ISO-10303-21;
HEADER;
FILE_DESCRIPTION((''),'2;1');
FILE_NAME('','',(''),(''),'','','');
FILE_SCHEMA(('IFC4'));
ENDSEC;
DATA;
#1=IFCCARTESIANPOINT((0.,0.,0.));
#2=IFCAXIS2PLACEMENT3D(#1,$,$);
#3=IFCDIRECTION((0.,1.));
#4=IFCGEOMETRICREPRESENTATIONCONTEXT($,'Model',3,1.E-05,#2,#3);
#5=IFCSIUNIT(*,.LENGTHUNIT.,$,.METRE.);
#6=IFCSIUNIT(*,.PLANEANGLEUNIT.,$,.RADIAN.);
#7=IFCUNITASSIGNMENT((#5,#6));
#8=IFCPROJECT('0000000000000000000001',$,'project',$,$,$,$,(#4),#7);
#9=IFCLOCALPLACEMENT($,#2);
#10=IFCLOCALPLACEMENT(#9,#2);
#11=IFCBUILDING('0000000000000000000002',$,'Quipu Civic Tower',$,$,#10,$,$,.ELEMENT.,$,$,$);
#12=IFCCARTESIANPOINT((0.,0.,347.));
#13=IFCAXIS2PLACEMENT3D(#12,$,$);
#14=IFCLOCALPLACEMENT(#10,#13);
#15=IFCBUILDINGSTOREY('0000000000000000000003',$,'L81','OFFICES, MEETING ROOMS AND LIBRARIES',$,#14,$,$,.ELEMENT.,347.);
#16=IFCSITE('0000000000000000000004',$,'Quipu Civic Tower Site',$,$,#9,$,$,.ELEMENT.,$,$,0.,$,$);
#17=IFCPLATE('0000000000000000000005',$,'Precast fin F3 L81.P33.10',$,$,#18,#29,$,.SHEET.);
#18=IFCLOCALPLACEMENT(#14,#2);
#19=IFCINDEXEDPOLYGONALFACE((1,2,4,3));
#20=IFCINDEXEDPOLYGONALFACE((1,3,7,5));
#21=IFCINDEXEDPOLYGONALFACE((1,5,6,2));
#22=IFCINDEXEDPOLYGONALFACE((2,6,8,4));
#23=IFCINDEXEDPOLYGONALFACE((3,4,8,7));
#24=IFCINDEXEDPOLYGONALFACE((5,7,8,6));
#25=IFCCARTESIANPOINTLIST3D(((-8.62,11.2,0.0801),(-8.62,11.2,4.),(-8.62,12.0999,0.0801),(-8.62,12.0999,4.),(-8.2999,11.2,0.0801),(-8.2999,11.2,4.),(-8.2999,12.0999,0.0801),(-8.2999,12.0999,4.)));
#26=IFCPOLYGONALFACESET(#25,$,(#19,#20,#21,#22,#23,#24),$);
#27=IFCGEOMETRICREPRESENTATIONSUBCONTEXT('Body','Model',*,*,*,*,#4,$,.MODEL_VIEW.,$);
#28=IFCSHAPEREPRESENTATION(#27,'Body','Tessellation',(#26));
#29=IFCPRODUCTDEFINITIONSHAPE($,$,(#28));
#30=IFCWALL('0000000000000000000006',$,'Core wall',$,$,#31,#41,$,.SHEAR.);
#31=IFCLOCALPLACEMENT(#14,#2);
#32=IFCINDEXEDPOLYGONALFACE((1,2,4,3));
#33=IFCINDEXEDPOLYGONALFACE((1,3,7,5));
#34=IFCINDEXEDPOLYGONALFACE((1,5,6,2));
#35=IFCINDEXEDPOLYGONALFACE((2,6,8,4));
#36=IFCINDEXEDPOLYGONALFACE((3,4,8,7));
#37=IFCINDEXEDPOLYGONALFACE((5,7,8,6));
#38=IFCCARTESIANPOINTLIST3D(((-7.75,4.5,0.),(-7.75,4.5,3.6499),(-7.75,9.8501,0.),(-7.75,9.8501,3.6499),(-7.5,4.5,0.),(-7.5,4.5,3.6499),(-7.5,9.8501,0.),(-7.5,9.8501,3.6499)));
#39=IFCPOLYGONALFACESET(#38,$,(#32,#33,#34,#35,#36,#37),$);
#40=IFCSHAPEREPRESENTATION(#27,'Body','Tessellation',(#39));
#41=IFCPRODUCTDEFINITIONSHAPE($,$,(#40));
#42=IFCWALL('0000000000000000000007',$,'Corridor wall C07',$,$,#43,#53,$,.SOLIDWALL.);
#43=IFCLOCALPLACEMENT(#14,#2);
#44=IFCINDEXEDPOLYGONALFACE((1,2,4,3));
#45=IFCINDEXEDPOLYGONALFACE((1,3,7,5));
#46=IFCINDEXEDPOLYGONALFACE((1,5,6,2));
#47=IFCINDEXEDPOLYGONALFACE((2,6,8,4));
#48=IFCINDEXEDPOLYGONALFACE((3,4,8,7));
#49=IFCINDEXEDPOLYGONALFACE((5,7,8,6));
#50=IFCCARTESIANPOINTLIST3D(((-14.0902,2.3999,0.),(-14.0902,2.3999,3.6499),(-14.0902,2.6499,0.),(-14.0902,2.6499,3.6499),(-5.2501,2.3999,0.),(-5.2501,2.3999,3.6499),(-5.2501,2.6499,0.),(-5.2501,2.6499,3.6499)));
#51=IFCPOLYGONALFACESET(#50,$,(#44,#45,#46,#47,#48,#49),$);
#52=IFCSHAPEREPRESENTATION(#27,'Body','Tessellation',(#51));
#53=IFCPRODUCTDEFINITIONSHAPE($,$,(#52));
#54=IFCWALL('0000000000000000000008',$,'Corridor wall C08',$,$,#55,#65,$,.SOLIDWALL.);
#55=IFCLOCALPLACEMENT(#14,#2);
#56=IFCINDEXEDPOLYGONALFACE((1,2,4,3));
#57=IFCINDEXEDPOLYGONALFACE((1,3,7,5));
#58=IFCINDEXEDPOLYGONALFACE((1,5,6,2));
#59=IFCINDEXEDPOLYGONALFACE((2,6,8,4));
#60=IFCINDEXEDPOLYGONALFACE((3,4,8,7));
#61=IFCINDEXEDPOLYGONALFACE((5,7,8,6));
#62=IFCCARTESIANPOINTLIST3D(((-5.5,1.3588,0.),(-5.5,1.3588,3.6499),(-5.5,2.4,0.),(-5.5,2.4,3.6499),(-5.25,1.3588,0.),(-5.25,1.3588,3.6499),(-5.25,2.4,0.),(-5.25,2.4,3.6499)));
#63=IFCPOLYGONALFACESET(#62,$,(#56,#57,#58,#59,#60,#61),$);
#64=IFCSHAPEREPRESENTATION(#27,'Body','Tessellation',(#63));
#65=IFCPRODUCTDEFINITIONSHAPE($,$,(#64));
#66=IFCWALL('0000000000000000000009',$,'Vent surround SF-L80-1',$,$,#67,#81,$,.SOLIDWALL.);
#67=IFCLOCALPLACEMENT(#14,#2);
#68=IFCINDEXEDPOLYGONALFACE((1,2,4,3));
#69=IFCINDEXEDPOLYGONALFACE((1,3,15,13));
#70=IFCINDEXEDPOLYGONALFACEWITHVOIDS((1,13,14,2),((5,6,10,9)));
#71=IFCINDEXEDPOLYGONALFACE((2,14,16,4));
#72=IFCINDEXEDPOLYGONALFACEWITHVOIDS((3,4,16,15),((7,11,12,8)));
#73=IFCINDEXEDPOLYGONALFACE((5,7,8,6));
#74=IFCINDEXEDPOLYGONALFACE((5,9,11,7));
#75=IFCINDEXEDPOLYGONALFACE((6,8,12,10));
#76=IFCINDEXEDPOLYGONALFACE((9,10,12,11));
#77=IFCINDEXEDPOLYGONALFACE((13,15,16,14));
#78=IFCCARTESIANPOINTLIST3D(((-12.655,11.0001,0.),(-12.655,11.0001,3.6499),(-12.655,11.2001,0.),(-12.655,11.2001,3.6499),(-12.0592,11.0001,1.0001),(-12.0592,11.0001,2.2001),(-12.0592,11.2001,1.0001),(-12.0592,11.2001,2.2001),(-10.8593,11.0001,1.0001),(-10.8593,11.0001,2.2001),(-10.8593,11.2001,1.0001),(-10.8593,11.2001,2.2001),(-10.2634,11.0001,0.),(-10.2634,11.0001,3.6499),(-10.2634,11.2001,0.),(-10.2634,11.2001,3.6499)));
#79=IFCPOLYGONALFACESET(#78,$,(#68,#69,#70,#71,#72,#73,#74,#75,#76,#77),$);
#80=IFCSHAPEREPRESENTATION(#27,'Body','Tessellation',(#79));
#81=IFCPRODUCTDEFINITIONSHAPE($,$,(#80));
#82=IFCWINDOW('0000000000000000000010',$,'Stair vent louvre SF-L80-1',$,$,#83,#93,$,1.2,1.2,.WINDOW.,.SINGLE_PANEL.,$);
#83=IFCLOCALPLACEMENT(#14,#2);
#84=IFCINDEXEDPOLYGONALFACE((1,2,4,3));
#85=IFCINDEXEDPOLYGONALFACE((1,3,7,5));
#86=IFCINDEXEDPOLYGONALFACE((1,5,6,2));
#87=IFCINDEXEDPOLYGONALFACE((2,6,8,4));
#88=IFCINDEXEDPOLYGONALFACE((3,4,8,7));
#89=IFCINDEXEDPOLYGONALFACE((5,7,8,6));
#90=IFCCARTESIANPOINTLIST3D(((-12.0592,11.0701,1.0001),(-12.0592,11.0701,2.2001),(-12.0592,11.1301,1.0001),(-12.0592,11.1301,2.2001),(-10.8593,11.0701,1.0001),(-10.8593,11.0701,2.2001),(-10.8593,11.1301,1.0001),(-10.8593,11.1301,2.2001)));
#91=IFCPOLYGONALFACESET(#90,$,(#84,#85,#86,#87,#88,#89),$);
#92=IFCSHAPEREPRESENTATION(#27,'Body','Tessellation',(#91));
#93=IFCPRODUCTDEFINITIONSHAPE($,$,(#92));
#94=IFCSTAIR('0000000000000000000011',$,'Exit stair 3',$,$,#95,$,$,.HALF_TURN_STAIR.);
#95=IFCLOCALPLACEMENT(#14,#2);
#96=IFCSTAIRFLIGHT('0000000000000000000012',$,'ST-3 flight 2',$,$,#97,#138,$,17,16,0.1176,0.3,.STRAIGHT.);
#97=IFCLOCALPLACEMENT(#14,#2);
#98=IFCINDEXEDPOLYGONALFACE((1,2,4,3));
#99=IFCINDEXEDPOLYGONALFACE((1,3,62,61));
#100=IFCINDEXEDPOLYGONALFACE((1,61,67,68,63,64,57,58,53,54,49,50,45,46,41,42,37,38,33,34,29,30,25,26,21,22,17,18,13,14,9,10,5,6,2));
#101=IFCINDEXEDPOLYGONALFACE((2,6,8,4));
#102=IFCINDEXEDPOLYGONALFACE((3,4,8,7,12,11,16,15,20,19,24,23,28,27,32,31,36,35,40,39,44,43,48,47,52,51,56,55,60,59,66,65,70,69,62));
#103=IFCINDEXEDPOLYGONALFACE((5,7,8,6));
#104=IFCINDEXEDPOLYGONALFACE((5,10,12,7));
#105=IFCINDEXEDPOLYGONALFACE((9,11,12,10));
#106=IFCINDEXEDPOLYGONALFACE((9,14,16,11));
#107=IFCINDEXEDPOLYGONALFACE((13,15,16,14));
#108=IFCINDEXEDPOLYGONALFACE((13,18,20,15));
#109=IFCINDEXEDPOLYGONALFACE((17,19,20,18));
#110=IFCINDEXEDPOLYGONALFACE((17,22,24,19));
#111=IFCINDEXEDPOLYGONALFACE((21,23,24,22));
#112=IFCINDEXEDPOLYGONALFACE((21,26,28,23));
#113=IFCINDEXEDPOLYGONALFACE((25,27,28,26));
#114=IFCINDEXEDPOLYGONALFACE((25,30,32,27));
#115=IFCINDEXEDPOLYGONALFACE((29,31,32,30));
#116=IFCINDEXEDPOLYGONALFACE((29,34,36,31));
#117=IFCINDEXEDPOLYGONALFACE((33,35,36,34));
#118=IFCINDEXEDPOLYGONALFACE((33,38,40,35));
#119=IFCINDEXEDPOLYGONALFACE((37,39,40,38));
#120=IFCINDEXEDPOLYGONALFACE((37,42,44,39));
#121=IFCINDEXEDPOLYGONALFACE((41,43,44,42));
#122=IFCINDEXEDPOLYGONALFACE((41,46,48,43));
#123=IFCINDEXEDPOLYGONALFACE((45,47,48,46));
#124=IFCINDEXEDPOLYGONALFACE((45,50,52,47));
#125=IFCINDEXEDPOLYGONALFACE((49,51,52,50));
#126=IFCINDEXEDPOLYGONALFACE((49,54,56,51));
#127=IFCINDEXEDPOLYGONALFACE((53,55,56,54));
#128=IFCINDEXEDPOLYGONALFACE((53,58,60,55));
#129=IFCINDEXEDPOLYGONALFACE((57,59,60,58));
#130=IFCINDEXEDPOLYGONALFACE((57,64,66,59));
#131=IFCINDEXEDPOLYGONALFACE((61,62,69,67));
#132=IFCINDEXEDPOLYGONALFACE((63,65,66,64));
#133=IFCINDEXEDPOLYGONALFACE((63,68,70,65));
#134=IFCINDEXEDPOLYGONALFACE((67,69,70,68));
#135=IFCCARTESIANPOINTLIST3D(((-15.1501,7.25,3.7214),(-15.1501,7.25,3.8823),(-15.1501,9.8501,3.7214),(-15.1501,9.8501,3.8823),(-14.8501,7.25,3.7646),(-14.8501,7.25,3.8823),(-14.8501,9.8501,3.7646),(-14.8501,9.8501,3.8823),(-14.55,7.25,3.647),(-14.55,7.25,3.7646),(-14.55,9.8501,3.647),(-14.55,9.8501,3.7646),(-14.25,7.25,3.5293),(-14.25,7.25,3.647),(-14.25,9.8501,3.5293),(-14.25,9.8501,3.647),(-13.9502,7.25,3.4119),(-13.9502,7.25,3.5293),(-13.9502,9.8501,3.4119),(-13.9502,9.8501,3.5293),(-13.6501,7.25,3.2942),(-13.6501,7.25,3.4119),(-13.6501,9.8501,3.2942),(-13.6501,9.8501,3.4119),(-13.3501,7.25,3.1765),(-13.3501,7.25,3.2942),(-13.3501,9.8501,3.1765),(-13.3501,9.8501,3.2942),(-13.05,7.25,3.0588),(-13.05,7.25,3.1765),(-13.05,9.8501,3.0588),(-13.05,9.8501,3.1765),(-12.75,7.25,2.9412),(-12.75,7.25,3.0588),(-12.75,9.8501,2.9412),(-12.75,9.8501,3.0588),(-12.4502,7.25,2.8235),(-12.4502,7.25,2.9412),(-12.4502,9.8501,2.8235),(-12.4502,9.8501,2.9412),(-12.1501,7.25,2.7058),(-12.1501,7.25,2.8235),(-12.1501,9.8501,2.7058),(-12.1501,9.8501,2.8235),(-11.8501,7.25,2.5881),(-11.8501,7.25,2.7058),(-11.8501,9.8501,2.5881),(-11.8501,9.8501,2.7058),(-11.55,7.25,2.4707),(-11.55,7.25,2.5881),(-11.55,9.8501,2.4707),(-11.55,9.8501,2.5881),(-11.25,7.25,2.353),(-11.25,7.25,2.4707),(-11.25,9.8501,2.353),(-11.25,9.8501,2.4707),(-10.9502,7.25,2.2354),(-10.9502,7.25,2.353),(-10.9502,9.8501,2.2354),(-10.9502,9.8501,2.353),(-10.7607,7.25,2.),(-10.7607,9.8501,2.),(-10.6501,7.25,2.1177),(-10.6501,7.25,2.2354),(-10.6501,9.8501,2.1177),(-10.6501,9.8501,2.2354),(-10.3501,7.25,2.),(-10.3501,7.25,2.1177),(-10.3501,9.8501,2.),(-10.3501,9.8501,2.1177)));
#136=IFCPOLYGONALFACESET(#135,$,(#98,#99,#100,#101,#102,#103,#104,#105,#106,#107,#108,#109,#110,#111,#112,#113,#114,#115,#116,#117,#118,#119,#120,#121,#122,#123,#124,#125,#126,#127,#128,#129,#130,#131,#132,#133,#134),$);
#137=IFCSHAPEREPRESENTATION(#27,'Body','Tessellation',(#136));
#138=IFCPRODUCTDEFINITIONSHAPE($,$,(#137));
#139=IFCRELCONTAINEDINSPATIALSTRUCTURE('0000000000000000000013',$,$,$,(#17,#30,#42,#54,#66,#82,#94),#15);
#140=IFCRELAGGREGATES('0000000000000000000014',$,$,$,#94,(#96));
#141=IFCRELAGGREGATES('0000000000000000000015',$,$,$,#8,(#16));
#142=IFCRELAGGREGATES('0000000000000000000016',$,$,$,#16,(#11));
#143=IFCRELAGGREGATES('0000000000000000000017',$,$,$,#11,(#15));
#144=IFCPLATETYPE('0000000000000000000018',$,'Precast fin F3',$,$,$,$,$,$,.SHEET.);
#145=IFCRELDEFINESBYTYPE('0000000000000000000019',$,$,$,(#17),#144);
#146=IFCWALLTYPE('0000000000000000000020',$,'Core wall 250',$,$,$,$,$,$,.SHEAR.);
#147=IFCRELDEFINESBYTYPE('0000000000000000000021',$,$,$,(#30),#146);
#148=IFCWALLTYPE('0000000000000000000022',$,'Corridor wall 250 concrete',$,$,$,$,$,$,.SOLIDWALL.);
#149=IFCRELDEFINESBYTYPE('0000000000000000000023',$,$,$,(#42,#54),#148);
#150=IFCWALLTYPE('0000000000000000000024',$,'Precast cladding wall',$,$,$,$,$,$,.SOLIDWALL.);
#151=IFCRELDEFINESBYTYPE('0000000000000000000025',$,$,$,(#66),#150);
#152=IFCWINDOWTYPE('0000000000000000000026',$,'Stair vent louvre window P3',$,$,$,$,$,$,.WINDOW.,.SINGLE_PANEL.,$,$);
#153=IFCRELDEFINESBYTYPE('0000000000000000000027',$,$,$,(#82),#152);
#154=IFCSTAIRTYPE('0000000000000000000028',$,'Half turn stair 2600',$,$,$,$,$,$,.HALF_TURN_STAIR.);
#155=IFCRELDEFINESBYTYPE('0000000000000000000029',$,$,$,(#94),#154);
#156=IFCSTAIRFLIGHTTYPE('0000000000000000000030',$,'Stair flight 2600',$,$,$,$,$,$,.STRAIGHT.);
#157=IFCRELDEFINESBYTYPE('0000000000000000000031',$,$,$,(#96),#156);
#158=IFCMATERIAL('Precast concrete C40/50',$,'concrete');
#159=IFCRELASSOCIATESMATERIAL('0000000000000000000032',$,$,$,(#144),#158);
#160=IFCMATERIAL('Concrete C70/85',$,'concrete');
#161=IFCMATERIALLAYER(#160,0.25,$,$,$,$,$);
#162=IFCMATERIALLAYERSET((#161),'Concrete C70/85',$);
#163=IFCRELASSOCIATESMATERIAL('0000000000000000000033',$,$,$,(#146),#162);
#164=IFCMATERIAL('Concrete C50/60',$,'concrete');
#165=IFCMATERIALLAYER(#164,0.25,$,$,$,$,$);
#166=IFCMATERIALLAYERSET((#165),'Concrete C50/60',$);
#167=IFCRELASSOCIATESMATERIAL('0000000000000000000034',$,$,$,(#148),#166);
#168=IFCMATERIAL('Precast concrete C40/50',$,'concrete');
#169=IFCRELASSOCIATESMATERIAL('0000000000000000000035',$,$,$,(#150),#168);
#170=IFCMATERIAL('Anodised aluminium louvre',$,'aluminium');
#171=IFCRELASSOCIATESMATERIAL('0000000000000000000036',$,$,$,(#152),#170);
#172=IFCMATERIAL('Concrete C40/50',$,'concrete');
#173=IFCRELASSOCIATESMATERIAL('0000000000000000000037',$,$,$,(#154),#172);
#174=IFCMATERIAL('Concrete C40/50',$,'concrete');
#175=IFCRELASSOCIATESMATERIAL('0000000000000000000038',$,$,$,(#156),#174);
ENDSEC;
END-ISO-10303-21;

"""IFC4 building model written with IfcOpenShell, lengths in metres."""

from ifc_helpers import new_model, si_unit, direction, frame, frame_2d, origin, origin_2d, place, context, subcontext, project, spatial, polyline, rectangle, outline, extrude, material, layer, layer_set, type_object, element, fill, aggregate, save


model = new_model("IFC4")

# Units and contexts
model_context = context("Model", 3, precision=1e-05, world=origin(), true_north=direction((0.0, 1.0)))
body_context = subcontext(model_context, "Body", "Model", "MODEL_VIEW")
ifc_project = project(units=[si_unit("LENGTHUNIT", "METRE"), si_unit("PLANEANGLEUNIT", "RADIAN")], contexts=[model_context])

# Site, building, storey
site_placement = place(None, origin())
site = spatial("IfcSite", under=ifc_project, at=site_placement, Name="Quipu Civic Tower Site", CompositionType="ELEMENT", RefElevation=0.0)
building_placement = place(site_placement, origin())
building = spatial("IfcBuilding", under=site, at=building_placement, Name="Quipu Civic Tower", CompositionType="ELEMENT")
storey_placement = place(building_placement, frame((0.0, 0.0, 347.0)))
storey = spatial("IfcBuildingStorey", under=building, at=storey_placement, Name="L81", Description="OFFICES, MEETING ROOMS AND LIBRARIES", CompositionType="ELEMENT", Elevation=347.0)

# Plate
ifc_material_1 = material(Name="Precast concrete C40/50", Category="concrete")
plate_type_1 = type_object("IfcPlateType", Name="Precast fin F3", PredefinedType="SHEET", material=ifc_material_1)
for number, where, z_axis, x_axis, name in (
    (1, (-8.46, 11.6499, 0.0801), (0.0, 0.0, 1.0), (-1.0, 0.0, 0.0), "Precast fin F3 L81.P33.10"),
):
    element("IfcPlate", number, at=place(storey_placement, frame(where, z_axis=z_axis, x_axis=x_axis)), inside=storey, type_object=plate_type_1, Name=name, PredefinedType="SHEET", context=body_context, shape_type="SweptSolid", body=[
        extrude(rectangle(XDim=0.3201, YDim=0.8999, at=origin_2d()), origin(), (0.0, 0.0, 1.0), 3.9199),
    ])

# Walls
ifc_material_2 = material(Name="Concrete C70/85", Category="concrete")
ifc_layer_1 = layer(ifc_material_2, 0.25)
ifc_layer_set_1 = layer_set([ifc_layer_1], Name="Concrete C70/85")
wall_type_1 = type_object("IfcWallType", Name="Core wall 250", PredefinedType="SHEAR", material=ifc_layer_set_1)
wall_1_placement = place(storey_placement, frame((-7.625, 4.5, 0.0), z_axis=(0.0, 0.0, 1.0), x_axis=(0.0, 1.0, 0.0)))
element("IfcWall", 2, at=wall_1_placement, inside=storey, type_object=wall_type_1, Name="Core wall", PredefinedType="SHEAR", context=body_context, shape_type="SweptSolid", body=[
    extrude(rectangle(XDim=5.3501, YDim=0.25, at=frame_2d((2.675, 0.0))), origin(), (0.0, 0.0, 1.0), 3.6499),
])
ifc_material_3 = material(Name="Concrete C50/60", Category="concrete")
ifc_layer_2 = layer(ifc_material_3, 0.25)
ifc_layer_set_2 = layer_set([ifc_layer_2], Name="Concrete C50/60")
wall_type_2 = type_object("IfcWallType", Name="Corridor wall 250 concrete", PredefinedType="SOLIDWALL", material=ifc_layer_set_2)
wall_2_placement = place(storey_placement, frame((-14.0901, 2.5249, 0.0), z_axis=(0.0, 0.0, 1.0), x_axis=(1.0, 0.0, 0.0)))
element("IfcWall", 3, at=wall_2_placement, inside=storey, type_object=wall_type_2, Name="Corridor wall C07", PredefinedType="SOLIDWALL", context=body_context, shape_type="SweptSolid", body=[
    extrude(rectangle(XDim=8.8401, YDim=0.25, at=frame_2d((4.4199, 0.0))), origin(), (0.0, 0.0, 1.0), 3.6499),
])
wall_3_placement = place(storey_placement, frame((-5.375, 2.3999, 0.0), z_axis=(0.0, 0.0, 1.0), x_axis=(0.0, -1.0, 0.0)))
element("IfcWall", 4, at=wall_3_placement, inside=storey, type_object=wall_type_2, Name="Corridor wall C08", PredefinedType="SOLIDWALL", context=body_context, shape_type="SweptSolid", body=[
    extrude(rectangle(XDim=1.0413, YDim=0.25, at=frame_2d((0.5205, 0.0))), origin(), (0.0, 0.0, 1.0), 3.6499),
])

# Wall, opening, window
ifc_material_4 = material(Name="Precast concrete C40/50", Category="concrete")
wall_type_3 = type_object("IfcWallType", Name="Precast cladding wall", PredefinedType="SOLIDWALL", material=ifc_material_4)
wall_4_placement = place(storey_placement, frame((-10.2634, 11.1001, 0.0), z_axis=(0.0, 0.0, 1.0), x_axis=(-1.0, 0.0, 0.0)))
wall_4 = element("IfcWall", 5, at=wall_4_placement, inside=storey, type_object=wall_type_3, Name="Vent surround SF-L80-1", PredefinedType="SOLIDWALL", context=body_context, shape_type="SweptSolid", body=[
    extrude(rectangle(XDim=2.3916, YDim=0.2, at=frame_2d((1.1958, 0.0))), origin(), (0.0, 0.0, 1.0), 3.6499),
])
opening_placement = place(wall_4_placement, frame((0.5957, 0.0, 1.0)))
opening = element("IfcOpeningElement", 6, at=opening_placement, cuts=wall_4, PredefinedType="OPENING", context=body_context, shape_type="SweptSolid", body=[
    extrude(rectangle(XDim=1.2, YDim=1.2, at=frame_2d((0.6001, 0.6001))), frame((0.0, 0.1099, 0.0), z_axis=(0.0, -1.0, 0.0), x_axis=(1.0, 0.0, 0.0)), (0.0, 0.0, 1.0), 0.22),
])
ifc_material_5 = material(Name="Anodised aluminium louvre", Category="aluminium")
window_type = type_object("IfcWindowType", Name="Stair vent louvre window P3", PartitioningType="SINGLE_PANEL", PredefinedType="WINDOW", material=ifc_material_5)
window_placement = place(opening_placement, origin())
window = element("IfcWindow", 7, at=window_placement, inside=storey, type_object=window_type, Name="Stair vent louvre SF-L80-1", OverallHeight=1.2, OverallWidth=1.2, PartitioningType="SINGLE_PANEL", PredefinedType="WINDOW", context=body_context, shape_type="SweptSolid", body=[
    extrude(rectangle(XDim=1.2, YDim=1.2, at=frame_2d((0.6001, 0.6001))), frame((0.0, 0.03, 0.0), z_axis=(0.0, -1.0, 0.0), x_axis=(1.0, 0.0, 0.0)), (0.0, 0.0, 1.0), 0.0601),
])
fill(opening, window)

# Stair, stair flight
ifc_material_6 = material(Name="Concrete C40/50", Category="concrete")
stair_type = type_object("IfcStairType", Name="Half turn stair 2600", PredefinedType="HALF_TURN_STAIR", material=ifc_material_6)
stair_placement = place(storey_placement, origin())
stair = element("IfcStair", 8, at=stair_placement, inside=storey, type_object=stair_type, Name="Exit stair 3", PredefinedType="HALF_TURN_STAIR")
ifc_material_7 = material(Name="Concrete C40/50", Category="concrete")
stair_flight_type = type_object("IfcStairFlightType", Name="Stair flight 2600", PredefinedType="STRAIGHT", material=ifc_material_7)
stair_flight_placement = place(storey_placement, frame((-10.3501, 8.55, 2.0), z_axis=(0.0, 0.0, 1.0), x_axis=(-1.0, 0.0, 0.0)))
stair_flight = element("IfcStairFlight", 9, at=stair_flight_placement, type_object=stair_flight_type, Name="ST-3 flight 2", NumberOfRisers=17, NumberOfTreads=16, PredefinedType="STRAIGHT", RiserHeight=0.1176, TreadLength=0.3, context=body_context, shape_type="SweptSolid", body=[
    extrude(outline(polyline([(0.0, 0.0), (0.0, 0.1177), (0.3, 0.1177), (0.3, 0.2354), (0.6001, 0.2354), (0.6001, 0.353), (0.8999, 0.353), (0.8999, 0.4707), (1.2, 0.4707), (1.2, 0.5881), (1.5, 0.5881), (1.5, 0.7058), (1.8, 0.7058), (1.8, 0.8235), (2.1001, 0.8235), (2.1001, 0.9412), (2.3999, 0.9412), (2.3999, 1.0588), (2.7, 1.0588), (2.7, 1.1765), (3.0, 1.1765), (3.0, 1.2942), (3.3, 1.2942), (3.3, 1.4119), (3.6001, 1.4119), (3.6001, 1.5293), (3.8999, 1.5293), (3.8999, 1.647), (4.2, 1.647), (4.2, 1.7646), (4.5, 1.7646), (4.5, 1.8823), (4.8, 1.8823), (4.8, 2.0), (4.8, 1.7214), (0.4106, 0.0), (0.0, 0.0)])), frame((0.0, 1.3, 0.0), z_axis=(0.0, -1.0, 0.0), x_axis=(1.0, 0.0, 0.0)), (0.0, 0.0, 1.0), 2.6001),
])
aggregate(stair, [stair_flight])

save(model, "model.ifc")
